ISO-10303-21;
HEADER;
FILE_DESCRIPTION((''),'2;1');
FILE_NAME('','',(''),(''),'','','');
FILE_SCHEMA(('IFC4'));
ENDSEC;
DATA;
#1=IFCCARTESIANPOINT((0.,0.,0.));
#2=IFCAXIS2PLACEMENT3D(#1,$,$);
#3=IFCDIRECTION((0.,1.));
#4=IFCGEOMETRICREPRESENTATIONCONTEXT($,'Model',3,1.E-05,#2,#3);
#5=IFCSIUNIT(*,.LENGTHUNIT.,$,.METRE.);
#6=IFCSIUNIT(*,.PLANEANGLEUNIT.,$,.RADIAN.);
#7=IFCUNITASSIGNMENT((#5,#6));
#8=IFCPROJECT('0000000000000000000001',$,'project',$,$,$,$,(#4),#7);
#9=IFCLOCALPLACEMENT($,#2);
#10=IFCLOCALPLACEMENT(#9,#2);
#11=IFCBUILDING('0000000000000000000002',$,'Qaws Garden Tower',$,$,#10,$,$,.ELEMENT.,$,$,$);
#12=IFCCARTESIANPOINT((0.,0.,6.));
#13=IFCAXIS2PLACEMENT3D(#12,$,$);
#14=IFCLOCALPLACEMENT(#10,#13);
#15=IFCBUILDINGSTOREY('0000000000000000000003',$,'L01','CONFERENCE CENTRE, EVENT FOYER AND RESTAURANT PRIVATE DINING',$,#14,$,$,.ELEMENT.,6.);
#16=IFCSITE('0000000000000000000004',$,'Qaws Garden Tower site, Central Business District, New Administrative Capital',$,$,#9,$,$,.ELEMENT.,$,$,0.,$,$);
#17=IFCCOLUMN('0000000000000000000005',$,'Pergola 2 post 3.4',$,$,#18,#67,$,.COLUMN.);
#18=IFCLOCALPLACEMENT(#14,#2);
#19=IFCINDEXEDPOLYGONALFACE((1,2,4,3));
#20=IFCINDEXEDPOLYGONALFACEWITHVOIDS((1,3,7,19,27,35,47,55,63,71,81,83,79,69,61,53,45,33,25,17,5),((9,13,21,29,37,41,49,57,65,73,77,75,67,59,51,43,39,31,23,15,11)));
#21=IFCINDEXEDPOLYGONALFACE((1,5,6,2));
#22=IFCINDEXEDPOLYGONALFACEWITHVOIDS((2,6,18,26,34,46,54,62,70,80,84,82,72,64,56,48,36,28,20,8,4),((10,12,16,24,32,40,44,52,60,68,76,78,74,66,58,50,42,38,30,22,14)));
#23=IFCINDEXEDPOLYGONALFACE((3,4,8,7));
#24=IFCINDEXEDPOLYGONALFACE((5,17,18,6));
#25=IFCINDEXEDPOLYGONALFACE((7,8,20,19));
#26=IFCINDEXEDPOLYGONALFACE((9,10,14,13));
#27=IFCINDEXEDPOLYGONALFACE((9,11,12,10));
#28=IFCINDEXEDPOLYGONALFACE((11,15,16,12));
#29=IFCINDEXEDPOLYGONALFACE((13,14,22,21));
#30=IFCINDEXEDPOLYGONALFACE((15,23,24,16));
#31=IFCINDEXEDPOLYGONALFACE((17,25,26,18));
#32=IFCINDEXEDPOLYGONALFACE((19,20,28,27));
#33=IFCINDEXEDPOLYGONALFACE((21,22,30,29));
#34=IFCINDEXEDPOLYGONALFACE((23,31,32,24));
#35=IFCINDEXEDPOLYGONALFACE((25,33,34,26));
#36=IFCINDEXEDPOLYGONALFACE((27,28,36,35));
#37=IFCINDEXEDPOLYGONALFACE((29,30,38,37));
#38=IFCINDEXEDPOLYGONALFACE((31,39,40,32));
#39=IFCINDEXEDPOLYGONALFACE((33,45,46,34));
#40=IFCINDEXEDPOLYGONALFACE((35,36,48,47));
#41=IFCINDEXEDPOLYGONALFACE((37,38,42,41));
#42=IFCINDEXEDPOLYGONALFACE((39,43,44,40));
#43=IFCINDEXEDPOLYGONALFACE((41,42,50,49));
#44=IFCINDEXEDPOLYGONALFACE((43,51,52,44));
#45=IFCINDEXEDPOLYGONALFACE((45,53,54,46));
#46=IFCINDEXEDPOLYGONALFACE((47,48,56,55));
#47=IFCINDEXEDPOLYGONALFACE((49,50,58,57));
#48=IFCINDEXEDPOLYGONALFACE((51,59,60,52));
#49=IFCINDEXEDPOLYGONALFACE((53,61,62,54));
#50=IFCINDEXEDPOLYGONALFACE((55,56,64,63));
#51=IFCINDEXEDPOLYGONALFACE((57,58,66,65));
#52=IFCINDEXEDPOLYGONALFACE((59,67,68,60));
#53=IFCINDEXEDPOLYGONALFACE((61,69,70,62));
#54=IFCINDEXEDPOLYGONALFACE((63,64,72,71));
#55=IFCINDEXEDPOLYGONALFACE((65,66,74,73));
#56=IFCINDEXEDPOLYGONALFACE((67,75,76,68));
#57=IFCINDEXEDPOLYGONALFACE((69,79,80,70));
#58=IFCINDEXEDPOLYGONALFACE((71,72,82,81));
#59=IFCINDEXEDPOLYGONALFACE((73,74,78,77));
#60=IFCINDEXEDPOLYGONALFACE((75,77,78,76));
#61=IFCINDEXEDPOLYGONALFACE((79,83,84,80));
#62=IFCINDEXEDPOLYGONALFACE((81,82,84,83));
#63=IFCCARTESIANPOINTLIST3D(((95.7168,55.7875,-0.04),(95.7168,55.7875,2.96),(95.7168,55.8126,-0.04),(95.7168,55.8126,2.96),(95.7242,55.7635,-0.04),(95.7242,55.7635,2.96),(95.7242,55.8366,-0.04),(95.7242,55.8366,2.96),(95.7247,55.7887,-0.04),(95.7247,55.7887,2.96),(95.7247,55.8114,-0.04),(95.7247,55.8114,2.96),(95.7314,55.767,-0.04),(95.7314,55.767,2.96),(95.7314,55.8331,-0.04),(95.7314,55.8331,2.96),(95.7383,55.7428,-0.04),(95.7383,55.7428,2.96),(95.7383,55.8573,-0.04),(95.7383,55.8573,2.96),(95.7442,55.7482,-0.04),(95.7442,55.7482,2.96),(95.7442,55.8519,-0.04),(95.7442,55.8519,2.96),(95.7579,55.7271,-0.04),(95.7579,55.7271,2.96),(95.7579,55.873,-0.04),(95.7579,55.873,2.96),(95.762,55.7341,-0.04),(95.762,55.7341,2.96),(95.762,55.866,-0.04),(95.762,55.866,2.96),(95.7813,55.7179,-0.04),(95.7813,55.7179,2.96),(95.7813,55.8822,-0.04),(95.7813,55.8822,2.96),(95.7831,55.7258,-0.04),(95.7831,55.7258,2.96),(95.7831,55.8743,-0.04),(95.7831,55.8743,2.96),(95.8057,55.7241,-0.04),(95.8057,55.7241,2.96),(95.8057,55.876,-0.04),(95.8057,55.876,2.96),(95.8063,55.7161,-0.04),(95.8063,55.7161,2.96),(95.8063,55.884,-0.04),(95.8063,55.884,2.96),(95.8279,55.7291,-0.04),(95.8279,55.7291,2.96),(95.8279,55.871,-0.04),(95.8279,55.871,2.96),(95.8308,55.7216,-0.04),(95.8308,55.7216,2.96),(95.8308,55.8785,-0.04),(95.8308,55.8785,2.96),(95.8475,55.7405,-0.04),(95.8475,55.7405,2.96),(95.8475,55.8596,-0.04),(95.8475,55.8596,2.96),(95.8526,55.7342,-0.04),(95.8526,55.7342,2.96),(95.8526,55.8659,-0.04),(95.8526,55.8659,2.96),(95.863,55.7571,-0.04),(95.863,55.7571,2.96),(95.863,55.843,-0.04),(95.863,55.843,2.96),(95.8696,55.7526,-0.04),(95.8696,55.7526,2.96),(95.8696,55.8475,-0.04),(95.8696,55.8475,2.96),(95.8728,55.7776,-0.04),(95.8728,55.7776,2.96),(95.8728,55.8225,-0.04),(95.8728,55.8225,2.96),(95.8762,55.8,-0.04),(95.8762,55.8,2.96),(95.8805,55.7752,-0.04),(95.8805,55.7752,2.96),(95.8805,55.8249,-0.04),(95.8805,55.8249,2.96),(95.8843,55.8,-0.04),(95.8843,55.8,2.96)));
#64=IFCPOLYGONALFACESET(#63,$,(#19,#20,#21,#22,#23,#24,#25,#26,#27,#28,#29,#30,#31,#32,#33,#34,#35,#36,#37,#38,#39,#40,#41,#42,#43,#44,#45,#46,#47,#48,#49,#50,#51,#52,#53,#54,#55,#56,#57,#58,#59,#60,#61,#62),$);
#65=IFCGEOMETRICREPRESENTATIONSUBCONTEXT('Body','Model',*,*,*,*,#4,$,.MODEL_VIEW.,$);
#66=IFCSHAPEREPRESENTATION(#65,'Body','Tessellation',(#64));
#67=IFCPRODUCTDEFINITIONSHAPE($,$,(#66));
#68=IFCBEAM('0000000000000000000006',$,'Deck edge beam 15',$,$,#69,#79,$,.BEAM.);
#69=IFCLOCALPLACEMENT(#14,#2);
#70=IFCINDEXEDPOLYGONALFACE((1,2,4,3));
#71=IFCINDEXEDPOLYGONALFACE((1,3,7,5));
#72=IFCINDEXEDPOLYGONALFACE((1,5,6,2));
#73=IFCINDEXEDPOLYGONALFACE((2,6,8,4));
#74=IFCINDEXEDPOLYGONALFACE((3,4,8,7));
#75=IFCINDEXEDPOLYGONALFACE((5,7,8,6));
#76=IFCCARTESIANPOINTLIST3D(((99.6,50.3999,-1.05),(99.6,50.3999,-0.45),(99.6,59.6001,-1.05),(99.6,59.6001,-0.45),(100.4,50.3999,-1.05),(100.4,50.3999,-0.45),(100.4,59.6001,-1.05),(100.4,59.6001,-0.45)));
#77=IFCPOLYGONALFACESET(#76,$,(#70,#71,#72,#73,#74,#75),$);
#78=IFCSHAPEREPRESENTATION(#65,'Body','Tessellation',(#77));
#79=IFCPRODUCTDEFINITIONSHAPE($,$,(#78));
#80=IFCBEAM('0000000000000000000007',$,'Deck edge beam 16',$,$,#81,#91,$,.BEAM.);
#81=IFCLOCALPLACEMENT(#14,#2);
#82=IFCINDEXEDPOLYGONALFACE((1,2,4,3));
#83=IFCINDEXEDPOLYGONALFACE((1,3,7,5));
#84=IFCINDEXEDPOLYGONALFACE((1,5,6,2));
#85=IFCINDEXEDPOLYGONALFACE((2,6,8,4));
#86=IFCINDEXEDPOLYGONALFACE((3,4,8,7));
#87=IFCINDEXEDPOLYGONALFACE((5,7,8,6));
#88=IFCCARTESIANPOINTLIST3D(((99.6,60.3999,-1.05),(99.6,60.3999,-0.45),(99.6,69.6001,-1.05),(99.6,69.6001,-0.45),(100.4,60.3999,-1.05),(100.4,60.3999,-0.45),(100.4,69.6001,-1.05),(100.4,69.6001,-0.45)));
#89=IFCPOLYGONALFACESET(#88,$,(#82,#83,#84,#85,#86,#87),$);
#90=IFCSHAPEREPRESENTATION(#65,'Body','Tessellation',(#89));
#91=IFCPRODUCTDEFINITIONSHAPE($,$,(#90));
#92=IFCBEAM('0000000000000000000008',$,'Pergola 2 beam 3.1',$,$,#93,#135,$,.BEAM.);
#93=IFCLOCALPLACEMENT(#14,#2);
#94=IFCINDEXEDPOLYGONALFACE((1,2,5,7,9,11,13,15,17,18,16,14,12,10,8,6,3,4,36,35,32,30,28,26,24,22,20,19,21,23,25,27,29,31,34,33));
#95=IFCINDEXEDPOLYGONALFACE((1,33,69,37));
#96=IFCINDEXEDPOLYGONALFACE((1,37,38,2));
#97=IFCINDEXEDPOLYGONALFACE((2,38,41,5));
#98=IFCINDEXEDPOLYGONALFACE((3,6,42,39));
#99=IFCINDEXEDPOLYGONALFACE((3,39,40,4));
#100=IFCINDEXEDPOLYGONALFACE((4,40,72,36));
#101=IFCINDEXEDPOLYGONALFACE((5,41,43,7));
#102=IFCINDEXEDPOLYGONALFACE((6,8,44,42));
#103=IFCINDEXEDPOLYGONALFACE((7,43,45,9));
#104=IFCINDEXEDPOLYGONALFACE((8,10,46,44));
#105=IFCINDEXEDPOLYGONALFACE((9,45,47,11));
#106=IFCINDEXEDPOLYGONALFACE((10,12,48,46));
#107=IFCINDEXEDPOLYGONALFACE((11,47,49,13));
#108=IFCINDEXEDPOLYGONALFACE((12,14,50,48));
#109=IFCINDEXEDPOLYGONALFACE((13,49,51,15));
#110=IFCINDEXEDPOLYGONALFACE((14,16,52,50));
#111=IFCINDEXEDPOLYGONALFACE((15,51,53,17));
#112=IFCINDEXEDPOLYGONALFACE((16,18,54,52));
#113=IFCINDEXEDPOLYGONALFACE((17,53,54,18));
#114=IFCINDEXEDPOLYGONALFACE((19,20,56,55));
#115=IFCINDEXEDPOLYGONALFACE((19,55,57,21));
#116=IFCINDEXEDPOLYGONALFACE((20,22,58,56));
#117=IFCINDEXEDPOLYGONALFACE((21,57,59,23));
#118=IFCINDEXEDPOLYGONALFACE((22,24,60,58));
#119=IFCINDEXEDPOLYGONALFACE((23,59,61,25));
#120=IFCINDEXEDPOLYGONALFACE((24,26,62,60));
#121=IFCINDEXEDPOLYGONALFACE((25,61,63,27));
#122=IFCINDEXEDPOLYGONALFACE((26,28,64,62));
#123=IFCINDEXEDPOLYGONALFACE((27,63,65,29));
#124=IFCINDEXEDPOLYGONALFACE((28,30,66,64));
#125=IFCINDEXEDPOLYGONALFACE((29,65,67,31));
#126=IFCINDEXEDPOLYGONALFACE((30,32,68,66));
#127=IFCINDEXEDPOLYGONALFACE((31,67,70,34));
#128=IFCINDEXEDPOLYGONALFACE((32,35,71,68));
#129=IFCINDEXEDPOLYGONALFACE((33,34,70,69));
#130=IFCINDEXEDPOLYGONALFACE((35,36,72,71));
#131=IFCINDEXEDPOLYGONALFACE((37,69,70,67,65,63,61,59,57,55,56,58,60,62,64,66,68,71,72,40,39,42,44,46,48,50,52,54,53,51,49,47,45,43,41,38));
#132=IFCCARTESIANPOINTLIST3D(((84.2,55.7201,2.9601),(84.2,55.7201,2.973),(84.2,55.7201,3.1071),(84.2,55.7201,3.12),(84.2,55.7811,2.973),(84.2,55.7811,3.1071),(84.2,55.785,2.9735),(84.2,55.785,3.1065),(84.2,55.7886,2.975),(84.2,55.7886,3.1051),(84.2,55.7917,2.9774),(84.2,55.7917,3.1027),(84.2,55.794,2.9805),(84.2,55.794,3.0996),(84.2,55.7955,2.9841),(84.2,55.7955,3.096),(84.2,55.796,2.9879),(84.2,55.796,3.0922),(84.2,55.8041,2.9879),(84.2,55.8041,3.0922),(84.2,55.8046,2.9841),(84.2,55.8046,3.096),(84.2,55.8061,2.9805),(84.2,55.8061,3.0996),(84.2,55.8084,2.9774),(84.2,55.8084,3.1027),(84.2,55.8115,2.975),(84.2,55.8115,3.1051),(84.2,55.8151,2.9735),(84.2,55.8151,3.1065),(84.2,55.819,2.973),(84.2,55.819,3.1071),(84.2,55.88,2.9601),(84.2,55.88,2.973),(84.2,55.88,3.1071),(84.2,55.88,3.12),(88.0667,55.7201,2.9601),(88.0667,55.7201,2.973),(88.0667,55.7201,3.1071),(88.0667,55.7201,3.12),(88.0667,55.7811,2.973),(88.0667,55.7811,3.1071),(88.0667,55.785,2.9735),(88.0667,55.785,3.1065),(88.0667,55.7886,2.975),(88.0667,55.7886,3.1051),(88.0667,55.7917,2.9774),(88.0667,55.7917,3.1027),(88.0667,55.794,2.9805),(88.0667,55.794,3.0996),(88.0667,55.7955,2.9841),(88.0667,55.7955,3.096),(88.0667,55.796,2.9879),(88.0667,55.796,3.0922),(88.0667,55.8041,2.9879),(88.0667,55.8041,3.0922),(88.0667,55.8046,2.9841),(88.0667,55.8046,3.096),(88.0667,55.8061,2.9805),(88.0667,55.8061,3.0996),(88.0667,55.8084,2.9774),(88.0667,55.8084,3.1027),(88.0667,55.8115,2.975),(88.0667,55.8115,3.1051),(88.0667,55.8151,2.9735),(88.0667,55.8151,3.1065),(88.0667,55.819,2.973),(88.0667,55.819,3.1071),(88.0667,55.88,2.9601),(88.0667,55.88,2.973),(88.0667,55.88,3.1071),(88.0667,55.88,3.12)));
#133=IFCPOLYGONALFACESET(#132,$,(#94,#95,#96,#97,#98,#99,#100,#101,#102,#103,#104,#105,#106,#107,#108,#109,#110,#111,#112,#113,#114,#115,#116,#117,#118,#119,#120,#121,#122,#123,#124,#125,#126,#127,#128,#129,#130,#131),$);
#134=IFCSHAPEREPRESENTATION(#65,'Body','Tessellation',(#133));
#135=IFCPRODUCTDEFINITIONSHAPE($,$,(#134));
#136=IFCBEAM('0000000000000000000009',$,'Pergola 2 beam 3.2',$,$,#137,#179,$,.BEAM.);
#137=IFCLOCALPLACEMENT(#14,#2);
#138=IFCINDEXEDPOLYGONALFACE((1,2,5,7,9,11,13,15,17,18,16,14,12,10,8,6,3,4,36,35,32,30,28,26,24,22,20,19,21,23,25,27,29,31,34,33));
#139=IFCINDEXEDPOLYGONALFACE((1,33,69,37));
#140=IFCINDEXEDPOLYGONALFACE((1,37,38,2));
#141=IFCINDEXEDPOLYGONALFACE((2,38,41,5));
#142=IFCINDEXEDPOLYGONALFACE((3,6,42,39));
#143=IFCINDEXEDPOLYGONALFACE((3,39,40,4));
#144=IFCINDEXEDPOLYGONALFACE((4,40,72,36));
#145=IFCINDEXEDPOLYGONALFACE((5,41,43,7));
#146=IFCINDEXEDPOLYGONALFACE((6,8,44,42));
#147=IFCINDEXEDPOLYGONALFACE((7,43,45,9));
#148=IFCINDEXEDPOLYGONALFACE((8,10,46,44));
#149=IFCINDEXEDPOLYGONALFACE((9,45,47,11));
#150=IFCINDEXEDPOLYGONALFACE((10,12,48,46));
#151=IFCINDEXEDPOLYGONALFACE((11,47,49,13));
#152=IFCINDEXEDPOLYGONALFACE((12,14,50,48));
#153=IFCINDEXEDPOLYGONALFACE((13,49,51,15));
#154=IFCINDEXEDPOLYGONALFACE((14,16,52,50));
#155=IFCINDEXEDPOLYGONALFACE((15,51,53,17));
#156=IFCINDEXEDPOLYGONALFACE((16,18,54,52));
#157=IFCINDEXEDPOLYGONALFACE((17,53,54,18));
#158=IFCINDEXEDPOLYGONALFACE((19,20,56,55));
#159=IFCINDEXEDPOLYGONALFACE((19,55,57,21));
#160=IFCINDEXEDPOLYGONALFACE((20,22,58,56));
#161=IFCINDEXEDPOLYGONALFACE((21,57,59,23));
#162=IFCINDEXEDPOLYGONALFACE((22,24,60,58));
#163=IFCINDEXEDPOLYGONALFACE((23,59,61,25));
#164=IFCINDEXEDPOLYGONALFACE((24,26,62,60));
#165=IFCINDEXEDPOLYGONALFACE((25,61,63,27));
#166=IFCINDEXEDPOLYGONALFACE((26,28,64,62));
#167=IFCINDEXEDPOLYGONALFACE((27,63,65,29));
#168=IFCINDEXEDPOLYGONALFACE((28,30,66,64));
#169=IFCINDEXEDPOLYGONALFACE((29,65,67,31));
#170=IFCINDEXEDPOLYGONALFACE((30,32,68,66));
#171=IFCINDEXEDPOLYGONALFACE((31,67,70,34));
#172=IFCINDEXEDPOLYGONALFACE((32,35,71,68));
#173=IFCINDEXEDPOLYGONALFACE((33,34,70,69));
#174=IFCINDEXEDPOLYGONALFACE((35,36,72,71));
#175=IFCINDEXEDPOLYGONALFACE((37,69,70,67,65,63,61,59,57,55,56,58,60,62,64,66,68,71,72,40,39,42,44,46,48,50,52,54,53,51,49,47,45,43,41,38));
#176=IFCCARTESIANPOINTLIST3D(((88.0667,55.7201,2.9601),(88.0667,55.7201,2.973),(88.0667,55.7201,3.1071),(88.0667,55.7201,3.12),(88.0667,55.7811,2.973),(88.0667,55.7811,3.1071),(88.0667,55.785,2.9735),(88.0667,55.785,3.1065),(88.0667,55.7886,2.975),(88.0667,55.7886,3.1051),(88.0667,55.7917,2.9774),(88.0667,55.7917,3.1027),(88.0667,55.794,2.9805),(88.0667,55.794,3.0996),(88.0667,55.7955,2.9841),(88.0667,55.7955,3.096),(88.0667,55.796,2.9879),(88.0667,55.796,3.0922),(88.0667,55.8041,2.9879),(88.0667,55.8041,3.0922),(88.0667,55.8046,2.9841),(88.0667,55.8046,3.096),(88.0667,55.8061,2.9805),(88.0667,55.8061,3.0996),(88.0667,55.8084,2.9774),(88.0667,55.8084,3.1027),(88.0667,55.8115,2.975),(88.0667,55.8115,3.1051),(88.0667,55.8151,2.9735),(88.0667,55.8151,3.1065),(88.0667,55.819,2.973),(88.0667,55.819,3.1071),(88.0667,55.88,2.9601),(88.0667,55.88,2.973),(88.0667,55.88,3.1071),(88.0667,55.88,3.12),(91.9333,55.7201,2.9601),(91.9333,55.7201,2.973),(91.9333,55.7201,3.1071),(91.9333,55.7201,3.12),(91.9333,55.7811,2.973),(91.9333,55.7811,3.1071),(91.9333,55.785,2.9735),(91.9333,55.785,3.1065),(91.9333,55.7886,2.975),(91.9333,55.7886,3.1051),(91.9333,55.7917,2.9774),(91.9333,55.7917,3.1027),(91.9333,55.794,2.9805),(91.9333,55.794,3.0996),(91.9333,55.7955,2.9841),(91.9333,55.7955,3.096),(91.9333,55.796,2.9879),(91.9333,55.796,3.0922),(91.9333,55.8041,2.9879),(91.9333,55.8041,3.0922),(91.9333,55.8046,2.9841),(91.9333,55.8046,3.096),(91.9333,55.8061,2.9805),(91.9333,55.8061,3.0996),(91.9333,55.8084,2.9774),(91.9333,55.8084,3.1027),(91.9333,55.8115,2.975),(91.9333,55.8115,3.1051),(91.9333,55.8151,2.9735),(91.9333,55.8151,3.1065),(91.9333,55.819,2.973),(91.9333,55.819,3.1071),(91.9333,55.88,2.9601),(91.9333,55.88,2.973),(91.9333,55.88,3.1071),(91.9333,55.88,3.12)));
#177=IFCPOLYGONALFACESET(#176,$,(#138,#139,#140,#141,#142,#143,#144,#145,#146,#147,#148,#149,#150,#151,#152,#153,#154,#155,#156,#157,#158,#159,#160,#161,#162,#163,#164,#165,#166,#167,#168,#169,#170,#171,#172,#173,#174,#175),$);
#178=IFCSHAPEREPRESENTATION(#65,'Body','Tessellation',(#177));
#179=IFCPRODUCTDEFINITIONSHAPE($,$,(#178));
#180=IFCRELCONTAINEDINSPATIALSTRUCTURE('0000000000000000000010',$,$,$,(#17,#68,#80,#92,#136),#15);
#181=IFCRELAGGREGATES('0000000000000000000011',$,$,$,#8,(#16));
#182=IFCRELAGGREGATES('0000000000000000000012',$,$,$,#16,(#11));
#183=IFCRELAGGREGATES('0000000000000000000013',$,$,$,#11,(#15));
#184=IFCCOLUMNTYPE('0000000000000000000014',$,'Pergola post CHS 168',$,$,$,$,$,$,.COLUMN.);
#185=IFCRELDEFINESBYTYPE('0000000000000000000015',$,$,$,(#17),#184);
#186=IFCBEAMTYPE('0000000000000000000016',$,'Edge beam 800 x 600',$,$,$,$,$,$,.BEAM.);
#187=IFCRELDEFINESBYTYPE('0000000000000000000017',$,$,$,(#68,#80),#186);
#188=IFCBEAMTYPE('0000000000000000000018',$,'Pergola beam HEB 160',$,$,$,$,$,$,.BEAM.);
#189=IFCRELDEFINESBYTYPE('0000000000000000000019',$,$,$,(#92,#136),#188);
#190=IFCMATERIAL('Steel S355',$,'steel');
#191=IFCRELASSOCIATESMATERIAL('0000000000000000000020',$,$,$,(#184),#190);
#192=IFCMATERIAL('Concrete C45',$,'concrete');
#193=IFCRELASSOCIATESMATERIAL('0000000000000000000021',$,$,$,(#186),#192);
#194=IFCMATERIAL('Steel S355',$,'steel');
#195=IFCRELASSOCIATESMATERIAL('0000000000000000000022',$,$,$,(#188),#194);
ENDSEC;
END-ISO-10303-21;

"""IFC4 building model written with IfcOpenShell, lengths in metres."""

from ifc_helpers import new_model, si_unit, direction, frame, origin, origin_2d, place, context, subcontext, project, spatial, rectangle, hollow_circle, i_section, extrude, material, material_profile, profile_set, type_object, element, save


model = new_model("IFC4")

# Units and contexts
model_context = context("Model", 3, precision=1e-05, world=origin(), true_north=direction((0.0, 1.0)))
body_context = subcontext(model_context, "Body", "Model", "MODEL_VIEW")
ifc_project = project(units=[si_unit("LENGTHUNIT", "METRE"), si_unit("PLANEANGLEUNIT", "RADIAN")], contexts=[model_context])

# Site, building, storey
site_placement = place(None, origin())
site = spatial("IfcSite", under=ifc_project, at=site_placement, Name="Qaws Garden Tower site, Central Business District, New Administrative Capital", CompositionType="ELEMENT", RefElevation=0.0)
building_placement = place(site_placement, origin())
building = spatial("IfcBuilding", under=site, at=building_placement, Name="Qaws Garden Tower", CompositionType="ELEMENT")
storey_placement = place(building_placement, frame((0.0, 0.0, 6.0)))
storey = spatial("IfcBuildingStorey", under=building, at=storey_placement, Name="L01", Description="CONFERENCE CENTRE, EVENT FOYER AND RESTAURANT PRIVATE DINING", CompositionType="ELEMENT", Elevation=6.0)

# Column
ifc_material_1 = material(Name="Steel S355", Category="steel")
ifc_material_profile_1 = material_profile(ifc_material_1, hollow_circle(Radius=0.0842, WallThickness=0.0081, at=origin_2d()), Name="Pergola post CHS 168")
ifc_profile_set_1 = profile_set([ifc_material_profile_1], Name="Steel S355")
column_type = type_object("IfcColumnType", Name="Pergola post CHS 168", PredefinedType="COLUMN", material=ifc_profile_set_1)
for number, where, z_axis, x_axis, name in (
    (1, (95.8, 55.8, -0.04), (0.0, 0.0, 1.0), (1.0, 0.0, 0.0), "Pergola 2 post 3.4"),
):
    element("IfcColumn", number, at=place(storey_placement, frame(where, z_axis=z_axis, x_axis=x_axis)), inside=storey, type_object=column_type, Name=name, PredefinedType="COLUMN", context=body_context, shape_type="SweptSolid", body=[
        extrude(hollow_circle(Radius=0.0842, WallThickness=0.0081, at=origin_2d()), origin(), (0.0, 0.0, 1.0), 3.0),
    ])

# Beams
ifc_material_2 = material(Name="Concrete C45", Category="concrete")
ifc_material_profile_2 = material_profile(ifc_material_2, rectangle(XDim=0.8, YDim=0.6001, at=origin_2d()), Name="Edge beam 800 x 600")
ifc_profile_set_2 = profile_set([ifc_material_profile_2], Name="Concrete C45")
beam_type_1 = type_object("IfcBeamType", Name="Edge beam 800 x 600", PredefinedType="BEAM", material=ifc_profile_set_2)
for number, where, z_axis, x_axis, name in (
    (2, (100.0, 50.3999, -0.75), (0.0, 1.0, 0.0), (-1.0, 0.0, 0.0), "Deck edge beam 15"),
    (3, (100.0, 60.3999, -0.75), (0.0, 1.0, 0.0), (-1.0, 0.0, 0.0), "Deck edge beam 16"),
):
    element("IfcBeam", number, at=place(storey_placement, frame(where, z_axis=z_axis, x_axis=x_axis)), inside=storey, type_object=beam_type_1, Name=name, PredefinedType="BEAM", context=body_context, shape_type="SweptSolid", body=[
        extrude(rectangle(XDim=0.8, YDim=0.6001, at=origin_2d()), origin(), (0.0, 0.0, 1.0), 9.2002),
    ])
ifc_material_3 = material(Name="Steel S355", Category="steel")
ifc_material_profile_3 = material_profile(ifc_material_3, i_section(OverallWidth=0.1599, OverallDepth=0.1599, WebThickness=0.0081, FlangeThickness=0.0129, FilletRadius=0.0149, at=origin_2d()), Name="HEB 160")
ifc_profile_set_3 = profile_set([ifc_material_profile_3], Name="Steel S355")
beam_type_2 = type_object("IfcBeamType", Name="Pergola beam HEB 160", PredefinedType="BEAM", material=ifc_profile_set_3)
for number, where, z_axis, x_axis, name in (
    (4, (84.2, 55.8, 3.04), (1.0, 0.0, 0.0), (0.0, 1.0, 0.0), "Pergola 2 beam 3.1"),
    (5, (88.0667, 55.8, 3.04), (1.0, 0.0, 0.0), (0.0, 1.0, 0.0), "Pergola 2 beam 3.2"),
):
    element("IfcBeam", number, at=place(storey_placement, frame(where, z_axis=z_axis, x_axis=x_axis)), inside=storey, type_object=beam_type_2, Name=name, PredefinedType="BEAM", context=body_context, shape_type="SweptSolid", body=[
        extrude(i_section(OverallWidth=0.1599, OverallDepth=0.1599, WebThickness=0.0081, FlangeThickness=0.0129, FilletRadius=0.0149, at=origin_2d()), origin(), (0.0, 0.0, 1.0), 3.8667),
    ])

save(model, "model.ifc")
